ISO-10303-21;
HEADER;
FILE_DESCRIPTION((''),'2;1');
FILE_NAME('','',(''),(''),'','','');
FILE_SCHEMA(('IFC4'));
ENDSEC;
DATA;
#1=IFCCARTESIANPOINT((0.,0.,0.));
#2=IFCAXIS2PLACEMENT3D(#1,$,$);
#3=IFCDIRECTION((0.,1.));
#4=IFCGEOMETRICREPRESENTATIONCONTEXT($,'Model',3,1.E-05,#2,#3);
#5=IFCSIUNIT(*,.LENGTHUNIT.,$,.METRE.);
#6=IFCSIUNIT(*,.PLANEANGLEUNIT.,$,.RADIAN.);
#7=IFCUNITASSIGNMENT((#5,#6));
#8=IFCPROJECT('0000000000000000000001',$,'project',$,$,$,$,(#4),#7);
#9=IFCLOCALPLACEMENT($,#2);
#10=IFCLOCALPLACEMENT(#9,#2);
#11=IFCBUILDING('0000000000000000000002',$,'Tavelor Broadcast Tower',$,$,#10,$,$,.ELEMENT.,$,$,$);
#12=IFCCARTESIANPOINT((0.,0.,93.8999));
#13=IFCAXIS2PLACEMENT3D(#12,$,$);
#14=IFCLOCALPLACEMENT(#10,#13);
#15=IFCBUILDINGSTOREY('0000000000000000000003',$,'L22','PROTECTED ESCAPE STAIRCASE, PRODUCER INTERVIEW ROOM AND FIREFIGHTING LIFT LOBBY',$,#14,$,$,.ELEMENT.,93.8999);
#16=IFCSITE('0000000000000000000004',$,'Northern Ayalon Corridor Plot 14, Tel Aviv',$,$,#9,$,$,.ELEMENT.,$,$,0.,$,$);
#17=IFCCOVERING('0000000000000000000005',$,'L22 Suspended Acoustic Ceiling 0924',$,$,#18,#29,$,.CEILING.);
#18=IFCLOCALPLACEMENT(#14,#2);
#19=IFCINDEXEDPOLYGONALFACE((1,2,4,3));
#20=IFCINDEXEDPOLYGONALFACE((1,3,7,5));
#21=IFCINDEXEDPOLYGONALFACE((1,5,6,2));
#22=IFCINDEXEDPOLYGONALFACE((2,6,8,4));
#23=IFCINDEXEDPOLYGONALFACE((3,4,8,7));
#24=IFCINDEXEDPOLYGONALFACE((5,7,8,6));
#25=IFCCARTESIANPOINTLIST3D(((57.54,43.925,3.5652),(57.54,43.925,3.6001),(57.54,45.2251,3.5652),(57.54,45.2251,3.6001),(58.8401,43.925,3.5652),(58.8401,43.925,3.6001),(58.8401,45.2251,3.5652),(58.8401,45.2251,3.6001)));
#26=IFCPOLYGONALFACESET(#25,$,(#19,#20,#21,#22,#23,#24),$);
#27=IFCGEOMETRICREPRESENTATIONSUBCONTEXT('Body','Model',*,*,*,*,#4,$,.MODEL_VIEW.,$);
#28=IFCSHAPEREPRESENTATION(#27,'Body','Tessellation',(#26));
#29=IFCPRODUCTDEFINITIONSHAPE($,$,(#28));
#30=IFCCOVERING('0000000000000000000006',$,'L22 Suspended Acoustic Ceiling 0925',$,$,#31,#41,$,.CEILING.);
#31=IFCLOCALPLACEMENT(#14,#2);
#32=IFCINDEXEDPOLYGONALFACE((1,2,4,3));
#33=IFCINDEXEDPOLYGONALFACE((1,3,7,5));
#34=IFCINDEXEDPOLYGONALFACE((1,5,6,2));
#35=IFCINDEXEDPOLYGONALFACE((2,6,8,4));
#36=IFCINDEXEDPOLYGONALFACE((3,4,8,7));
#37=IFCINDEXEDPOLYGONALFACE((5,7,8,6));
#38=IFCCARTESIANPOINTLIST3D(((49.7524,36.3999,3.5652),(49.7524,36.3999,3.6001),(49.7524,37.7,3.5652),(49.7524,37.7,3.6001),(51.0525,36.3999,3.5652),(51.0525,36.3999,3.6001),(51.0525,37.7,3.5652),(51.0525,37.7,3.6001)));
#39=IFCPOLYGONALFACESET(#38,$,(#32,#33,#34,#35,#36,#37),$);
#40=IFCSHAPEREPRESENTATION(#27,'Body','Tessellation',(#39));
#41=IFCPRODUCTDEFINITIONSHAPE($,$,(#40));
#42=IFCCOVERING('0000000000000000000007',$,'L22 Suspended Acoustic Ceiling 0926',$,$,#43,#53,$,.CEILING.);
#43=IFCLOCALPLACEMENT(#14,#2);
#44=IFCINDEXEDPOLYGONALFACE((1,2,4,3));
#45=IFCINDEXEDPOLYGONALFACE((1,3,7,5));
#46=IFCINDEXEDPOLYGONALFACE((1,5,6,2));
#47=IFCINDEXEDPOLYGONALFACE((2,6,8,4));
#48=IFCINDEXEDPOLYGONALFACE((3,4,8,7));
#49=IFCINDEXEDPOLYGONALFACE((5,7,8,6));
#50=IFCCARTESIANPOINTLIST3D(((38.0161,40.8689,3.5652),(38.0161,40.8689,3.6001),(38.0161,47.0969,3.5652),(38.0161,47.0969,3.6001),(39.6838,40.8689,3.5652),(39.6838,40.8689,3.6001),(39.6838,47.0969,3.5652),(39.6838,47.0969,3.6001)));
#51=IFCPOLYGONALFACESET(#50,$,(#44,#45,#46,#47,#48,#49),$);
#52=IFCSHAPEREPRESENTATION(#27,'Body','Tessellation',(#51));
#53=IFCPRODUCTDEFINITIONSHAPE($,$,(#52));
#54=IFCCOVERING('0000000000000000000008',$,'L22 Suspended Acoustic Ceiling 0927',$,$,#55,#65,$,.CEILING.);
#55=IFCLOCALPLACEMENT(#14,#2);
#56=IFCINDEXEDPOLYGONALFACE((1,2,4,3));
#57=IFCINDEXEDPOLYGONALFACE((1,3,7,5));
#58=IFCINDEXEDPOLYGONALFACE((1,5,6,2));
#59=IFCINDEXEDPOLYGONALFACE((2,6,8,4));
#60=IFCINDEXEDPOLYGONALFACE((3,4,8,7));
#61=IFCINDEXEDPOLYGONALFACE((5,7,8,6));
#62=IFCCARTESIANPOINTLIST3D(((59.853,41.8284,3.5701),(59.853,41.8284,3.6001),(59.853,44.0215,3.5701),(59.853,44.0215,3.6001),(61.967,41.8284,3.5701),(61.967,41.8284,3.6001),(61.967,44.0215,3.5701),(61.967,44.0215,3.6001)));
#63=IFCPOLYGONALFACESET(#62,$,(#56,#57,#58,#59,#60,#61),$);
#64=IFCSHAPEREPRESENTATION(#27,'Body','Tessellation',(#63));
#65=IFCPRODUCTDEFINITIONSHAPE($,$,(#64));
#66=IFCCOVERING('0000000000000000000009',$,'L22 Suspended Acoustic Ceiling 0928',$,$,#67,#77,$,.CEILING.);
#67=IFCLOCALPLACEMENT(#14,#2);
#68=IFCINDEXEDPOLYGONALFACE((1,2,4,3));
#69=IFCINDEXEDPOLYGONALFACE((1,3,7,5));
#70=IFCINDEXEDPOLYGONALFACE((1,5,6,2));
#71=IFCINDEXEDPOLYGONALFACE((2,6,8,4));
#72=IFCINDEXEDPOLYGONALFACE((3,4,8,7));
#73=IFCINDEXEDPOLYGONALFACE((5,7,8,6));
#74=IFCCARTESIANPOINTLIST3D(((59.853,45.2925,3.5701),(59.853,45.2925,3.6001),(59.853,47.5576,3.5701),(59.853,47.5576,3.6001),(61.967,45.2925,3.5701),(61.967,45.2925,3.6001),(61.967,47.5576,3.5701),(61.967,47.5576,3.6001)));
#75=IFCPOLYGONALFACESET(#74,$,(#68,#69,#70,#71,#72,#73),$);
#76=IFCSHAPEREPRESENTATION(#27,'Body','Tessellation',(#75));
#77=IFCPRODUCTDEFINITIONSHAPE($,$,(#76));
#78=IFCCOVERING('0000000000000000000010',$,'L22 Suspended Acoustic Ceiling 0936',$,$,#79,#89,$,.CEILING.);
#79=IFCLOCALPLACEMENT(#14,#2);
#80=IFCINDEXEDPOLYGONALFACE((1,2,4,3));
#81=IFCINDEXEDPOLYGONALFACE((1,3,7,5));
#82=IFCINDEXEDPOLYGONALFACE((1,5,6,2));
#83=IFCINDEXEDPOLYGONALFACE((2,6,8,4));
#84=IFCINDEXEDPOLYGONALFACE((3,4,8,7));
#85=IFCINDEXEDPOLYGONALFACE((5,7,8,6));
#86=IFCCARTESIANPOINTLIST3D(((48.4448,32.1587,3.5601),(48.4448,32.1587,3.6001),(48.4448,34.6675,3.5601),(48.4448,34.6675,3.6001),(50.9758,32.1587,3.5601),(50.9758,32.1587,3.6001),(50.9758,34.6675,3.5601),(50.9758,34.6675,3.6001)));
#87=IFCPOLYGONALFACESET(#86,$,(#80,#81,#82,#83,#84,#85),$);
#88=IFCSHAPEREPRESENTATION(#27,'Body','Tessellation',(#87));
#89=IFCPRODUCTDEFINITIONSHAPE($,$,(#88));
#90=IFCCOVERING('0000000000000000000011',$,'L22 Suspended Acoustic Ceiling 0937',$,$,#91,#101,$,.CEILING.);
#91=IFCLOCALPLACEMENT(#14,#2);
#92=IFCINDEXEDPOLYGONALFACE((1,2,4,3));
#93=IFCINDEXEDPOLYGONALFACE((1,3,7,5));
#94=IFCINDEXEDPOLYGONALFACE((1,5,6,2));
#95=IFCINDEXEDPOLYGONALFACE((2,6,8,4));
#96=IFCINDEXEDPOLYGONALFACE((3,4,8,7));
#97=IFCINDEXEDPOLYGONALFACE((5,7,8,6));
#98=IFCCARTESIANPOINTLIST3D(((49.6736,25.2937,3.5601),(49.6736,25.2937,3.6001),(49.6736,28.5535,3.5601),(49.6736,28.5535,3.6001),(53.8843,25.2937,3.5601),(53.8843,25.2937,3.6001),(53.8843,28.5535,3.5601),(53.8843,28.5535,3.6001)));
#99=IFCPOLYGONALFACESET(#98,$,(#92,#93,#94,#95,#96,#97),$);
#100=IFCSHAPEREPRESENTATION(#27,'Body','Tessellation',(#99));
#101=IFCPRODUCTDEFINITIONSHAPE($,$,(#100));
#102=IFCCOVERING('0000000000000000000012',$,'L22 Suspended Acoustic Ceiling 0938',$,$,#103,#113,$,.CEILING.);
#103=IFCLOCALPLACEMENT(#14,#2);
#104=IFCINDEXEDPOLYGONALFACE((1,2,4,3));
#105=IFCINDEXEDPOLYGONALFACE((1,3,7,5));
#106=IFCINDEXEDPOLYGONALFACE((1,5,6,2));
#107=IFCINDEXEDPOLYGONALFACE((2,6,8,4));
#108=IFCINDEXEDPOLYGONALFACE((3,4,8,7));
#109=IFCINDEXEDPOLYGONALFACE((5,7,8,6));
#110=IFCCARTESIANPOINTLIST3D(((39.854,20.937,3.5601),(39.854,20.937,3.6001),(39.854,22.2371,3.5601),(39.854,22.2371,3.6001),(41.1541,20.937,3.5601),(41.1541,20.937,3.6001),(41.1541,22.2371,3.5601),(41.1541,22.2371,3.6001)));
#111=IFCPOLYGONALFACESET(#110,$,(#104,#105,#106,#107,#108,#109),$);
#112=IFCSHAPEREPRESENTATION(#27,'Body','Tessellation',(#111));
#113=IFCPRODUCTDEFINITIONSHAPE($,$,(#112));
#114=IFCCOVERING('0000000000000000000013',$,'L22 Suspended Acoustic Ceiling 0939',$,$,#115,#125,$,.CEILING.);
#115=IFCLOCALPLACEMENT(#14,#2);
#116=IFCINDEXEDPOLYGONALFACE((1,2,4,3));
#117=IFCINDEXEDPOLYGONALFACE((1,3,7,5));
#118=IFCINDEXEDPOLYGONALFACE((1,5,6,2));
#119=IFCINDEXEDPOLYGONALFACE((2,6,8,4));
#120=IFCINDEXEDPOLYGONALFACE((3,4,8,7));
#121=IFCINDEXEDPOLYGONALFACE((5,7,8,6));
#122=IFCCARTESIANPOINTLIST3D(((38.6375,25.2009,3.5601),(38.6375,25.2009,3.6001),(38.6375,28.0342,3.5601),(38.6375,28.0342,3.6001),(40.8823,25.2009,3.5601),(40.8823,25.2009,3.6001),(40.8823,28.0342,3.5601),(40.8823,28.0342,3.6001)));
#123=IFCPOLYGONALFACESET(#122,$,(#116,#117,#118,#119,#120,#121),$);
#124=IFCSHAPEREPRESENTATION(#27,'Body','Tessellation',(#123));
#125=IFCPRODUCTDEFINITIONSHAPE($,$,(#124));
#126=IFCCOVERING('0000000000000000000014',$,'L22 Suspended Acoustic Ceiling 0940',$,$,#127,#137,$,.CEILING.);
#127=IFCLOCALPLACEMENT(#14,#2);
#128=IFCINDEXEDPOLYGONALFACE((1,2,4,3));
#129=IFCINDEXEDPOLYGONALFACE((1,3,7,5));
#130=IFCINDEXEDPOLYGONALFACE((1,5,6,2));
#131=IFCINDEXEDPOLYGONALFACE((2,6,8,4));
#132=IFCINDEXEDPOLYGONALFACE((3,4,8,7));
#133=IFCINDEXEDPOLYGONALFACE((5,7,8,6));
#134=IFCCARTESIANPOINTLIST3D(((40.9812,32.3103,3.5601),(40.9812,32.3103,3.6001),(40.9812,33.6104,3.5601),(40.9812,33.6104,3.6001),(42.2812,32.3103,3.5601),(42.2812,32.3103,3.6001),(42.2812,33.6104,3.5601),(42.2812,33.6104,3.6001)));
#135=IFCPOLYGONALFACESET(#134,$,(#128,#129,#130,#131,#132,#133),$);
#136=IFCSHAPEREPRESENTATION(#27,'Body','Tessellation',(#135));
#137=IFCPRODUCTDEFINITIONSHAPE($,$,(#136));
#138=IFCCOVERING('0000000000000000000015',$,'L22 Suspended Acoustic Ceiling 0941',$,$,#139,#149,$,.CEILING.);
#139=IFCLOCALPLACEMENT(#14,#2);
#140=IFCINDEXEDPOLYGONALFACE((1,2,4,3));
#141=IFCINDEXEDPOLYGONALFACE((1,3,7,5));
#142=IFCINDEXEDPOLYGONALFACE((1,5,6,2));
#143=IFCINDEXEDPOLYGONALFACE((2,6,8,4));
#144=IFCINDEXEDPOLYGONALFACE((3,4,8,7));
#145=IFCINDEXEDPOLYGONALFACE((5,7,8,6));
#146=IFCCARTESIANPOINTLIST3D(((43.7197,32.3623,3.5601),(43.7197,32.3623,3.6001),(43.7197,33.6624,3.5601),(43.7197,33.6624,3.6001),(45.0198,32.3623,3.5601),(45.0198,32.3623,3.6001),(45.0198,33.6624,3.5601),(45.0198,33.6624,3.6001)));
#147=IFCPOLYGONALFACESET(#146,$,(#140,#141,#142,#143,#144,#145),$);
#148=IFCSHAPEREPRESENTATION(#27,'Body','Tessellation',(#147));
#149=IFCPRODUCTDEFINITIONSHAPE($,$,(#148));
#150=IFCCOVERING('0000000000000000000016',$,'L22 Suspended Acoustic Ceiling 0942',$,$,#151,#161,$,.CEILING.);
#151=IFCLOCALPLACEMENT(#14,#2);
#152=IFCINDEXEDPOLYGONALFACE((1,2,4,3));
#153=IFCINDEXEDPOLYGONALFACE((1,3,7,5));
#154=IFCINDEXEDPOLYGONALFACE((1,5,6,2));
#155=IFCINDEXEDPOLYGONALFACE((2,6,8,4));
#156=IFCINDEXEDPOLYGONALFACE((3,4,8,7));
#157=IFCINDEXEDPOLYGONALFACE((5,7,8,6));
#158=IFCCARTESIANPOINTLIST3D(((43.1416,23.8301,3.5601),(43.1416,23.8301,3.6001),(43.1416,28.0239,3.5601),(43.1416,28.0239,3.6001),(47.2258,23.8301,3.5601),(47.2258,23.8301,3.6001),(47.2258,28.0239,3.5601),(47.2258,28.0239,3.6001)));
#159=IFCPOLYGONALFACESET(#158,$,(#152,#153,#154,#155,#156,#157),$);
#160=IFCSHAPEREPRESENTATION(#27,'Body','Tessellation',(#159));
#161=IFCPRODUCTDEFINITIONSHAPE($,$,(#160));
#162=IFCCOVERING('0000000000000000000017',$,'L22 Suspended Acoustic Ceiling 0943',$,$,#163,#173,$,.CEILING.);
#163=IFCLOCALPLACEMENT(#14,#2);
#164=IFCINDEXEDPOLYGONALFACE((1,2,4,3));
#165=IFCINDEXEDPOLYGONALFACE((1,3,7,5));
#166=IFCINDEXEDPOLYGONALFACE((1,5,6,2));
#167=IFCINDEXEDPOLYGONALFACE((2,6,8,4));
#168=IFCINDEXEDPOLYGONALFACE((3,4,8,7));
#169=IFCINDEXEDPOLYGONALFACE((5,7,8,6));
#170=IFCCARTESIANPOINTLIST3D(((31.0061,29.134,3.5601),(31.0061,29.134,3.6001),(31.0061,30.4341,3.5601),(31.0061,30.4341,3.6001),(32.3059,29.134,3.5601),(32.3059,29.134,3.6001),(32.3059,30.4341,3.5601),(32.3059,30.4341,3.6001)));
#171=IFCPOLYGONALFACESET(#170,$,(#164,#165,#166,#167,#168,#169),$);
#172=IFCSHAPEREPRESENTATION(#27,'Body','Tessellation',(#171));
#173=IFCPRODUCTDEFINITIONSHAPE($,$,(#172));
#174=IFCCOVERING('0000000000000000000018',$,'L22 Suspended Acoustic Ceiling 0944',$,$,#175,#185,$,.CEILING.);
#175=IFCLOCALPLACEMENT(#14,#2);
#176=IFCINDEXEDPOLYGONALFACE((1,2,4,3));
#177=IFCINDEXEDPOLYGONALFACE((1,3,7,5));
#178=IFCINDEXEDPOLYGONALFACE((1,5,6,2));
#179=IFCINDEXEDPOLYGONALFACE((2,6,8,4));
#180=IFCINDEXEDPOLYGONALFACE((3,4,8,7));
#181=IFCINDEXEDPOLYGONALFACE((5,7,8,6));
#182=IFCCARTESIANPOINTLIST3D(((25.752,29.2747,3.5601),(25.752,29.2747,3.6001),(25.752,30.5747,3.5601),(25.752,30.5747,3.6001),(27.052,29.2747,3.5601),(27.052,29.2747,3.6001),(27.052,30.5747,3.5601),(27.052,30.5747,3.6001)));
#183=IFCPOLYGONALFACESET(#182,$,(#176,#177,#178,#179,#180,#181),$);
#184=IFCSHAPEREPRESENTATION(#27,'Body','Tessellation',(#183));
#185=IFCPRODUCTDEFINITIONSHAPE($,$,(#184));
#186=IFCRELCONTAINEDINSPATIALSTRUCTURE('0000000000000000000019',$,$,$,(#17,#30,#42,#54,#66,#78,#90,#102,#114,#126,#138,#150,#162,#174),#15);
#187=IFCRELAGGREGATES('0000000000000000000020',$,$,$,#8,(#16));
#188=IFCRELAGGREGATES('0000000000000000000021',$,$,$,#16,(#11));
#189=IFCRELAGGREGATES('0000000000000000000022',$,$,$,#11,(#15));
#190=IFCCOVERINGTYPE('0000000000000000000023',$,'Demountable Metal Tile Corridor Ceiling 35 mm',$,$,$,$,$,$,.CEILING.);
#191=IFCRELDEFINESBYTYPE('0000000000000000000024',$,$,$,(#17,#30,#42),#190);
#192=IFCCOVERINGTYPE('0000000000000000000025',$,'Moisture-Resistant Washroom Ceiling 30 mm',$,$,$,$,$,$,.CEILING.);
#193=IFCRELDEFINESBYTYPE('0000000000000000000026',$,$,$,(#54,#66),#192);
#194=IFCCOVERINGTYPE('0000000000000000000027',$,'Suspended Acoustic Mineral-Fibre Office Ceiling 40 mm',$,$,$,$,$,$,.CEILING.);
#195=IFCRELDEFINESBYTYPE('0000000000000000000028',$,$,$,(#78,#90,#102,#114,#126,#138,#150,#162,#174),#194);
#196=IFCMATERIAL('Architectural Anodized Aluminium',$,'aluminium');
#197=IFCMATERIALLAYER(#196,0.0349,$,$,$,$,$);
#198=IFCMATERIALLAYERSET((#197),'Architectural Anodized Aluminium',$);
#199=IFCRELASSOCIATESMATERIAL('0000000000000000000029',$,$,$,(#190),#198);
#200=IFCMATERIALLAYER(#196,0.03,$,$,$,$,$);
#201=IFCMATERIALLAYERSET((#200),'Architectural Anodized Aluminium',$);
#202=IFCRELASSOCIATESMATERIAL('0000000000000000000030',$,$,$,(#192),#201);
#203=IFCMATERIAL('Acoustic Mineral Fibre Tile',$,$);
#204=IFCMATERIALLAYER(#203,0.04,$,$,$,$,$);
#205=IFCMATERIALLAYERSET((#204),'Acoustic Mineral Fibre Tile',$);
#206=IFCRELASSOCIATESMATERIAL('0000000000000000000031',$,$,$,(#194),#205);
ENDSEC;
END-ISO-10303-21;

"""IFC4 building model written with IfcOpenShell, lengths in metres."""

from ifc_helpers import new_model, si_unit, direction, frame, origin, place, context, subcontext, project, spatial, polyline, outline, extrude, material, layer, layer_set, type_object, element, save


model = new_model("IFC4")

# Units and contexts
model_context = context("Model", 3, precision=1e-05, world=origin(), true_north=direction((0.0, 1.0)))
body_context = subcontext(model_context, "Body", "Model", "MODEL_VIEW")
ifc_project = project(units=[si_unit("LENGTHUNIT", "METRE"), si_unit("PLANEANGLEUNIT", "RADIAN")], contexts=[model_context])

# Site, building, storey
site_placement = place(None, origin())
site = spatial("IfcSite", under=ifc_project, at=site_placement, Name="Northern Ayalon Corridor Plot 14, Tel Aviv", CompositionType="ELEMENT", RefElevation=0.0)
building_placement = place(site_placement, origin())
building = spatial("IfcBuilding", under=site, at=building_placement, Name="Tavelor Broadcast Tower", CompositionType="ELEMENT")
storey_placement = place(building_placement, frame((0.0, 0.0, 93.8999)))
storey = spatial("IfcBuildingStorey", under=building, at=storey_placement, Name="L22", Description="PROTECTED ESCAPE STAIRCASE, PRODUCER INTERVIEW ROOM AND FIREFIGHTING LIFT LOBBY", CompositionType="ELEMENT", Elevation=93.8999)

# Coverings
ifc_material_1 = material(Name="Architectural Anodized Aluminium", Category="aluminium")
ifc_layer_1 = layer(ifc_material_1, 0.0349)
ifc_layer_set_1 = layer_set([ifc_layer_1], Name="Architectural Anodized Aluminium")
covering_type_1 = type_object("IfcCoveringType", Name="Demountable Metal Tile Corridor Ceiling 35 mm", PredefinedType="CEILING", material=ifc_layer_set_1)
covering_1_placement = place(storey_placement, frame((0.0, 0.0, 3.5652)))
element("IfcCovering", 1, at=covering_1_placement, inside=storey, type_object=covering_type_1, Name="L22 Suspended Acoustic Ceiling 0924", PredefinedType="CEILING", context=body_context, shape_type="SweptSolid", body=[
    extrude(outline(polyline([(57.54, 43.925), (58.8401, 43.925), (58.8401, 45.2251), (57.54, 45.2251), (57.54, 43.925)])), origin(), (0.0, 0.0, 1.0), 0.0349),
])
covering_2_placement = place(storey_placement, frame((0.0, 0.0, 3.5652)))
element("IfcCovering", 2, at=covering_2_placement, inside=storey, type_object=covering_type_1, Name="L22 Suspended Acoustic Ceiling 0925", PredefinedType="CEILING", context=body_context, shape_type="SweptSolid", body=[
    extrude(outline(polyline([(49.7524, 36.3999), (51.0525, 36.3999), (51.0525, 37.7), (49.7524, 37.7), (49.7524, 36.3999)])), origin(), (0.0, 0.0, 1.0), 0.0349),
])
covering_3_placement = place(storey_placement, frame((0.0, 0.0, 3.5652)))
element("IfcCovering", 3, at=covering_3_placement, inside=storey, type_object=covering_type_1, Name="L22 Suspended Acoustic Ceiling 0926", PredefinedType="CEILING", context=body_context, shape_type="SweptSolid", body=[
    extrude(outline(polyline([(38.0161, 40.8689), (39.6838, 40.8689), (39.6838, 47.0969), (38.0161, 47.0969), (38.0161, 40.8689)])), origin(), (0.0, 0.0, 1.0), 0.0349),
])
ifc_layer_2 = layer(ifc_material_1, 0.03)
ifc_layer_set_2 = layer_set([ifc_layer_2], Name="Architectural Anodized Aluminium")
covering_type_2 = type_object("IfcCoveringType", Name="Moisture-Resistant Washroom Ceiling 30 mm", PredefinedType="CEILING", material=ifc_layer_set_2)
covering_4_placement = place(storey_placement, frame((0.0, 0.0, 3.5701)))
element("IfcCovering", 4, at=covering_4_placement, inside=storey, type_object=covering_type_2, Name="L22 Suspended Acoustic Ceiling 0927", PredefinedType="CEILING", context=body_context, shape_type="SweptSolid", body=[
    extrude(outline(polyline([(59.853, 41.8284), (61.967, 41.8284), (61.967, 44.0215), (59.853, 44.0215), (59.853, 41.8284)])), origin(), (0.0, 0.0, 1.0), 0.03),
])
covering_5_placement = place(storey_placement, frame((0.0, 0.0, 3.5701)))
element("IfcCovering", 5, at=covering_5_placement, inside=storey, type_object=covering_type_2, Name="L22 Suspended Acoustic Ceiling 0928", PredefinedType="CEILING", context=body_context, shape_type="SweptSolid", body=[
    extrude(outline(polyline([(59.853, 45.2925), (61.967, 45.2925), (61.967, 47.5576), (59.853, 47.5576), (59.853, 45.2925)])), origin(), (0.0, 0.0, 1.0), 0.03),
])
ifc_material_2 = material(Name="Acoustic Mineral Fibre Tile")
ifc_layer_3 = layer(ifc_material_2, 0.04)
ifc_layer_set_3 = layer_set([ifc_layer_3], Name="Acoustic Mineral Fibre Tile")
covering_type_3 = type_object("IfcCoveringType", Name="Suspended Acoustic Mineral-Fibre Office Ceiling 40 mm", PredefinedType="CEILING", material=ifc_layer_set_3)
covering_6_placement = place(storey_placement, frame((0.0, 0.0, 3.5601)))
element("IfcCovering", 6, at=covering_6_placement, inside=storey, type_object=covering_type_3, Name="L22 Suspended Acoustic Ceiling 0936", PredefinedType="CEILING", context=body_context, shape_type="SweptSolid", body=[
    extrude(outline(polyline([(48.4448, 32.1587), (50.9758, 32.1587), (50.9758, 34.6675), (48.4448, 34.6675), (48.4448, 32.1587)])), origin(), (0.0, 0.0, 1.0), 0.04),
])
covering_7_placement = place(storey_placement, frame((0.0, 0.0, 3.5601)))
element("IfcCovering", 7, at=covering_7_placement, inside=storey, type_object=covering_type_3, Name="L22 Suspended Acoustic Ceiling 0937", PredefinedType="CEILING", context=body_context, shape_type="SweptSolid", body=[
    extrude(outline(polyline([(49.6736, 25.2937), (53.8843, 25.2937), (53.8843, 28.5535), (49.6736, 28.5535), (49.6736, 25.2937)])), origin(), (0.0, 0.0, 1.0), 0.04),
])
covering_8_placement = place(storey_placement, frame((0.0, 0.0, 3.5601)))
element("IfcCovering", 8, at=covering_8_placement, inside=storey, type_object=covering_type_3, Name="L22 Suspended Acoustic Ceiling 0938", PredefinedType="CEILING", context=body_context, shape_type="SweptSolid", body=[
    extrude(outline(polyline([(39.854, 20.937), (41.1541, 20.937), (41.1541, 22.2371), (39.854, 22.2371), (39.854, 20.937)])), origin(), (0.0, 0.0, 1.0), 0.04),
])
covering_9_placement = place(storey_placement, frame((0.0, 0.0, 3.5601)))
element("IfcCovering", 9, at=covering_9_placement, inside=storey, type_object=covering_type_3, Name="L22 Suspended Acoustic Ceiling 0939", PredefinedType="CEILING", context=body_context, shape_type="SweptSolid", body=[
    extrude(outline(polyline([(38.6375, 25.2009), (40.8823, 25.2009), (40.8823, 28.0342), (38.6375, 28.0342), (38.6375, 25.2009)])), origin(), (0.0, 0.0, 1.0), 0.04),
])
covering_10_placement = place(storey_placement, frame((0.0, 0.0, 3.5601)))
element("IfcCovering", 10, at=covering_10_placement, inside=storey, type_object=covering_type_3, Name="L22 Suspended Acoustic Ceiling 0940", PredefinedType="CEILING", context=body_context, shape_type="SweptSolid", body=[
    extrude(outline(polyline([(40.9812, 32.3103), (42.2812, 32.3103), (42.2812, 33.6104), (40.9812, 33.6104), (40.9812, 32.3103)])), origin(), (0.0, 0.0, 1.0), 0.04),
])
covering_11_placement = place(storey_placement, frame((0.0, 0.0, 3.5601)))
element("IfcCovering", 11, at=covering_11_placement, inside=storey, type_object=covering_type_3, Name="L22 Suspended Acoustic Ceiling 0941", PredefinedType="CEILING", context=body_context, shape_type="SweptSolid", body=[
    extrude(outline(polyline([(43.7197, 32.3623), (45.0198, 32.3623), (45.0198, 33.6624), (43.7197, 33.6624), (43.7197, 32.3623)])), origin(), (0.0, 0.0, 1.0), 0.04),
])
covering_12_placement = place(storey_placement, frame((0.0, 0.0, 3.5601)))
element("IfcCovering", 12, at=covering_12_placement, inside=storey, type_object=covering_type_3, Name="L22 Suspended Acoustic Ceiling 0942", PredefinedType="CEILING", context=body_context, shape_type="SweptSolid", body=[
    extrude(outline(polyline([(43.1416, 23.8301), (47.2258, 23.8301), (47.2258, 28.0239), (43.1416, 28.0239), (43.1416, 23.8301)])), origin(), (0.0, 0.0, 1.0), 0.04),
])
covering_13_placement = place(storey_placement, frame((0.0, 0.0, 3.5601)))
element("IfcCovering", 13, at=covering_13_placement, inside=storey, type_object=covering_type_3, Name="L22 Suspended Acoustic Ceiling 0943", PredefinedType="CEILING", context=body_context, shape_type="SweptSolid", body=[
    extrude(outline(polyline([(31.0061, 29.134), (32.3059, 29.134), (32.3059, 30.4341), (31.0061, 30.4341), (31.0061, 29.134)])), origin(), (0.0, 0.0, 1.0), 0.04),
])
covering_14_placement = place(storey_placement, frame((0.0, 0.0, 3.5601)))
element("IfcCovering", 14, at=covering_14_placement, inside=storey, type_object=covering_type_3, Name="L22 Suspended Acoustic Ceiling 0944", PredefinedType="CEILING", context=body_context, shape_type="SweptSolid", body=[
    extrude(outline(polyline([(25.752, 29.2747), (27.052, 29.2747), (27.052, 30.5747), (25.752, 30.5747), (25.752, 29.2747)])), origin(), (0.0, 0.0, 1.0), 0.04),
])

save(model, "model.ifc")
